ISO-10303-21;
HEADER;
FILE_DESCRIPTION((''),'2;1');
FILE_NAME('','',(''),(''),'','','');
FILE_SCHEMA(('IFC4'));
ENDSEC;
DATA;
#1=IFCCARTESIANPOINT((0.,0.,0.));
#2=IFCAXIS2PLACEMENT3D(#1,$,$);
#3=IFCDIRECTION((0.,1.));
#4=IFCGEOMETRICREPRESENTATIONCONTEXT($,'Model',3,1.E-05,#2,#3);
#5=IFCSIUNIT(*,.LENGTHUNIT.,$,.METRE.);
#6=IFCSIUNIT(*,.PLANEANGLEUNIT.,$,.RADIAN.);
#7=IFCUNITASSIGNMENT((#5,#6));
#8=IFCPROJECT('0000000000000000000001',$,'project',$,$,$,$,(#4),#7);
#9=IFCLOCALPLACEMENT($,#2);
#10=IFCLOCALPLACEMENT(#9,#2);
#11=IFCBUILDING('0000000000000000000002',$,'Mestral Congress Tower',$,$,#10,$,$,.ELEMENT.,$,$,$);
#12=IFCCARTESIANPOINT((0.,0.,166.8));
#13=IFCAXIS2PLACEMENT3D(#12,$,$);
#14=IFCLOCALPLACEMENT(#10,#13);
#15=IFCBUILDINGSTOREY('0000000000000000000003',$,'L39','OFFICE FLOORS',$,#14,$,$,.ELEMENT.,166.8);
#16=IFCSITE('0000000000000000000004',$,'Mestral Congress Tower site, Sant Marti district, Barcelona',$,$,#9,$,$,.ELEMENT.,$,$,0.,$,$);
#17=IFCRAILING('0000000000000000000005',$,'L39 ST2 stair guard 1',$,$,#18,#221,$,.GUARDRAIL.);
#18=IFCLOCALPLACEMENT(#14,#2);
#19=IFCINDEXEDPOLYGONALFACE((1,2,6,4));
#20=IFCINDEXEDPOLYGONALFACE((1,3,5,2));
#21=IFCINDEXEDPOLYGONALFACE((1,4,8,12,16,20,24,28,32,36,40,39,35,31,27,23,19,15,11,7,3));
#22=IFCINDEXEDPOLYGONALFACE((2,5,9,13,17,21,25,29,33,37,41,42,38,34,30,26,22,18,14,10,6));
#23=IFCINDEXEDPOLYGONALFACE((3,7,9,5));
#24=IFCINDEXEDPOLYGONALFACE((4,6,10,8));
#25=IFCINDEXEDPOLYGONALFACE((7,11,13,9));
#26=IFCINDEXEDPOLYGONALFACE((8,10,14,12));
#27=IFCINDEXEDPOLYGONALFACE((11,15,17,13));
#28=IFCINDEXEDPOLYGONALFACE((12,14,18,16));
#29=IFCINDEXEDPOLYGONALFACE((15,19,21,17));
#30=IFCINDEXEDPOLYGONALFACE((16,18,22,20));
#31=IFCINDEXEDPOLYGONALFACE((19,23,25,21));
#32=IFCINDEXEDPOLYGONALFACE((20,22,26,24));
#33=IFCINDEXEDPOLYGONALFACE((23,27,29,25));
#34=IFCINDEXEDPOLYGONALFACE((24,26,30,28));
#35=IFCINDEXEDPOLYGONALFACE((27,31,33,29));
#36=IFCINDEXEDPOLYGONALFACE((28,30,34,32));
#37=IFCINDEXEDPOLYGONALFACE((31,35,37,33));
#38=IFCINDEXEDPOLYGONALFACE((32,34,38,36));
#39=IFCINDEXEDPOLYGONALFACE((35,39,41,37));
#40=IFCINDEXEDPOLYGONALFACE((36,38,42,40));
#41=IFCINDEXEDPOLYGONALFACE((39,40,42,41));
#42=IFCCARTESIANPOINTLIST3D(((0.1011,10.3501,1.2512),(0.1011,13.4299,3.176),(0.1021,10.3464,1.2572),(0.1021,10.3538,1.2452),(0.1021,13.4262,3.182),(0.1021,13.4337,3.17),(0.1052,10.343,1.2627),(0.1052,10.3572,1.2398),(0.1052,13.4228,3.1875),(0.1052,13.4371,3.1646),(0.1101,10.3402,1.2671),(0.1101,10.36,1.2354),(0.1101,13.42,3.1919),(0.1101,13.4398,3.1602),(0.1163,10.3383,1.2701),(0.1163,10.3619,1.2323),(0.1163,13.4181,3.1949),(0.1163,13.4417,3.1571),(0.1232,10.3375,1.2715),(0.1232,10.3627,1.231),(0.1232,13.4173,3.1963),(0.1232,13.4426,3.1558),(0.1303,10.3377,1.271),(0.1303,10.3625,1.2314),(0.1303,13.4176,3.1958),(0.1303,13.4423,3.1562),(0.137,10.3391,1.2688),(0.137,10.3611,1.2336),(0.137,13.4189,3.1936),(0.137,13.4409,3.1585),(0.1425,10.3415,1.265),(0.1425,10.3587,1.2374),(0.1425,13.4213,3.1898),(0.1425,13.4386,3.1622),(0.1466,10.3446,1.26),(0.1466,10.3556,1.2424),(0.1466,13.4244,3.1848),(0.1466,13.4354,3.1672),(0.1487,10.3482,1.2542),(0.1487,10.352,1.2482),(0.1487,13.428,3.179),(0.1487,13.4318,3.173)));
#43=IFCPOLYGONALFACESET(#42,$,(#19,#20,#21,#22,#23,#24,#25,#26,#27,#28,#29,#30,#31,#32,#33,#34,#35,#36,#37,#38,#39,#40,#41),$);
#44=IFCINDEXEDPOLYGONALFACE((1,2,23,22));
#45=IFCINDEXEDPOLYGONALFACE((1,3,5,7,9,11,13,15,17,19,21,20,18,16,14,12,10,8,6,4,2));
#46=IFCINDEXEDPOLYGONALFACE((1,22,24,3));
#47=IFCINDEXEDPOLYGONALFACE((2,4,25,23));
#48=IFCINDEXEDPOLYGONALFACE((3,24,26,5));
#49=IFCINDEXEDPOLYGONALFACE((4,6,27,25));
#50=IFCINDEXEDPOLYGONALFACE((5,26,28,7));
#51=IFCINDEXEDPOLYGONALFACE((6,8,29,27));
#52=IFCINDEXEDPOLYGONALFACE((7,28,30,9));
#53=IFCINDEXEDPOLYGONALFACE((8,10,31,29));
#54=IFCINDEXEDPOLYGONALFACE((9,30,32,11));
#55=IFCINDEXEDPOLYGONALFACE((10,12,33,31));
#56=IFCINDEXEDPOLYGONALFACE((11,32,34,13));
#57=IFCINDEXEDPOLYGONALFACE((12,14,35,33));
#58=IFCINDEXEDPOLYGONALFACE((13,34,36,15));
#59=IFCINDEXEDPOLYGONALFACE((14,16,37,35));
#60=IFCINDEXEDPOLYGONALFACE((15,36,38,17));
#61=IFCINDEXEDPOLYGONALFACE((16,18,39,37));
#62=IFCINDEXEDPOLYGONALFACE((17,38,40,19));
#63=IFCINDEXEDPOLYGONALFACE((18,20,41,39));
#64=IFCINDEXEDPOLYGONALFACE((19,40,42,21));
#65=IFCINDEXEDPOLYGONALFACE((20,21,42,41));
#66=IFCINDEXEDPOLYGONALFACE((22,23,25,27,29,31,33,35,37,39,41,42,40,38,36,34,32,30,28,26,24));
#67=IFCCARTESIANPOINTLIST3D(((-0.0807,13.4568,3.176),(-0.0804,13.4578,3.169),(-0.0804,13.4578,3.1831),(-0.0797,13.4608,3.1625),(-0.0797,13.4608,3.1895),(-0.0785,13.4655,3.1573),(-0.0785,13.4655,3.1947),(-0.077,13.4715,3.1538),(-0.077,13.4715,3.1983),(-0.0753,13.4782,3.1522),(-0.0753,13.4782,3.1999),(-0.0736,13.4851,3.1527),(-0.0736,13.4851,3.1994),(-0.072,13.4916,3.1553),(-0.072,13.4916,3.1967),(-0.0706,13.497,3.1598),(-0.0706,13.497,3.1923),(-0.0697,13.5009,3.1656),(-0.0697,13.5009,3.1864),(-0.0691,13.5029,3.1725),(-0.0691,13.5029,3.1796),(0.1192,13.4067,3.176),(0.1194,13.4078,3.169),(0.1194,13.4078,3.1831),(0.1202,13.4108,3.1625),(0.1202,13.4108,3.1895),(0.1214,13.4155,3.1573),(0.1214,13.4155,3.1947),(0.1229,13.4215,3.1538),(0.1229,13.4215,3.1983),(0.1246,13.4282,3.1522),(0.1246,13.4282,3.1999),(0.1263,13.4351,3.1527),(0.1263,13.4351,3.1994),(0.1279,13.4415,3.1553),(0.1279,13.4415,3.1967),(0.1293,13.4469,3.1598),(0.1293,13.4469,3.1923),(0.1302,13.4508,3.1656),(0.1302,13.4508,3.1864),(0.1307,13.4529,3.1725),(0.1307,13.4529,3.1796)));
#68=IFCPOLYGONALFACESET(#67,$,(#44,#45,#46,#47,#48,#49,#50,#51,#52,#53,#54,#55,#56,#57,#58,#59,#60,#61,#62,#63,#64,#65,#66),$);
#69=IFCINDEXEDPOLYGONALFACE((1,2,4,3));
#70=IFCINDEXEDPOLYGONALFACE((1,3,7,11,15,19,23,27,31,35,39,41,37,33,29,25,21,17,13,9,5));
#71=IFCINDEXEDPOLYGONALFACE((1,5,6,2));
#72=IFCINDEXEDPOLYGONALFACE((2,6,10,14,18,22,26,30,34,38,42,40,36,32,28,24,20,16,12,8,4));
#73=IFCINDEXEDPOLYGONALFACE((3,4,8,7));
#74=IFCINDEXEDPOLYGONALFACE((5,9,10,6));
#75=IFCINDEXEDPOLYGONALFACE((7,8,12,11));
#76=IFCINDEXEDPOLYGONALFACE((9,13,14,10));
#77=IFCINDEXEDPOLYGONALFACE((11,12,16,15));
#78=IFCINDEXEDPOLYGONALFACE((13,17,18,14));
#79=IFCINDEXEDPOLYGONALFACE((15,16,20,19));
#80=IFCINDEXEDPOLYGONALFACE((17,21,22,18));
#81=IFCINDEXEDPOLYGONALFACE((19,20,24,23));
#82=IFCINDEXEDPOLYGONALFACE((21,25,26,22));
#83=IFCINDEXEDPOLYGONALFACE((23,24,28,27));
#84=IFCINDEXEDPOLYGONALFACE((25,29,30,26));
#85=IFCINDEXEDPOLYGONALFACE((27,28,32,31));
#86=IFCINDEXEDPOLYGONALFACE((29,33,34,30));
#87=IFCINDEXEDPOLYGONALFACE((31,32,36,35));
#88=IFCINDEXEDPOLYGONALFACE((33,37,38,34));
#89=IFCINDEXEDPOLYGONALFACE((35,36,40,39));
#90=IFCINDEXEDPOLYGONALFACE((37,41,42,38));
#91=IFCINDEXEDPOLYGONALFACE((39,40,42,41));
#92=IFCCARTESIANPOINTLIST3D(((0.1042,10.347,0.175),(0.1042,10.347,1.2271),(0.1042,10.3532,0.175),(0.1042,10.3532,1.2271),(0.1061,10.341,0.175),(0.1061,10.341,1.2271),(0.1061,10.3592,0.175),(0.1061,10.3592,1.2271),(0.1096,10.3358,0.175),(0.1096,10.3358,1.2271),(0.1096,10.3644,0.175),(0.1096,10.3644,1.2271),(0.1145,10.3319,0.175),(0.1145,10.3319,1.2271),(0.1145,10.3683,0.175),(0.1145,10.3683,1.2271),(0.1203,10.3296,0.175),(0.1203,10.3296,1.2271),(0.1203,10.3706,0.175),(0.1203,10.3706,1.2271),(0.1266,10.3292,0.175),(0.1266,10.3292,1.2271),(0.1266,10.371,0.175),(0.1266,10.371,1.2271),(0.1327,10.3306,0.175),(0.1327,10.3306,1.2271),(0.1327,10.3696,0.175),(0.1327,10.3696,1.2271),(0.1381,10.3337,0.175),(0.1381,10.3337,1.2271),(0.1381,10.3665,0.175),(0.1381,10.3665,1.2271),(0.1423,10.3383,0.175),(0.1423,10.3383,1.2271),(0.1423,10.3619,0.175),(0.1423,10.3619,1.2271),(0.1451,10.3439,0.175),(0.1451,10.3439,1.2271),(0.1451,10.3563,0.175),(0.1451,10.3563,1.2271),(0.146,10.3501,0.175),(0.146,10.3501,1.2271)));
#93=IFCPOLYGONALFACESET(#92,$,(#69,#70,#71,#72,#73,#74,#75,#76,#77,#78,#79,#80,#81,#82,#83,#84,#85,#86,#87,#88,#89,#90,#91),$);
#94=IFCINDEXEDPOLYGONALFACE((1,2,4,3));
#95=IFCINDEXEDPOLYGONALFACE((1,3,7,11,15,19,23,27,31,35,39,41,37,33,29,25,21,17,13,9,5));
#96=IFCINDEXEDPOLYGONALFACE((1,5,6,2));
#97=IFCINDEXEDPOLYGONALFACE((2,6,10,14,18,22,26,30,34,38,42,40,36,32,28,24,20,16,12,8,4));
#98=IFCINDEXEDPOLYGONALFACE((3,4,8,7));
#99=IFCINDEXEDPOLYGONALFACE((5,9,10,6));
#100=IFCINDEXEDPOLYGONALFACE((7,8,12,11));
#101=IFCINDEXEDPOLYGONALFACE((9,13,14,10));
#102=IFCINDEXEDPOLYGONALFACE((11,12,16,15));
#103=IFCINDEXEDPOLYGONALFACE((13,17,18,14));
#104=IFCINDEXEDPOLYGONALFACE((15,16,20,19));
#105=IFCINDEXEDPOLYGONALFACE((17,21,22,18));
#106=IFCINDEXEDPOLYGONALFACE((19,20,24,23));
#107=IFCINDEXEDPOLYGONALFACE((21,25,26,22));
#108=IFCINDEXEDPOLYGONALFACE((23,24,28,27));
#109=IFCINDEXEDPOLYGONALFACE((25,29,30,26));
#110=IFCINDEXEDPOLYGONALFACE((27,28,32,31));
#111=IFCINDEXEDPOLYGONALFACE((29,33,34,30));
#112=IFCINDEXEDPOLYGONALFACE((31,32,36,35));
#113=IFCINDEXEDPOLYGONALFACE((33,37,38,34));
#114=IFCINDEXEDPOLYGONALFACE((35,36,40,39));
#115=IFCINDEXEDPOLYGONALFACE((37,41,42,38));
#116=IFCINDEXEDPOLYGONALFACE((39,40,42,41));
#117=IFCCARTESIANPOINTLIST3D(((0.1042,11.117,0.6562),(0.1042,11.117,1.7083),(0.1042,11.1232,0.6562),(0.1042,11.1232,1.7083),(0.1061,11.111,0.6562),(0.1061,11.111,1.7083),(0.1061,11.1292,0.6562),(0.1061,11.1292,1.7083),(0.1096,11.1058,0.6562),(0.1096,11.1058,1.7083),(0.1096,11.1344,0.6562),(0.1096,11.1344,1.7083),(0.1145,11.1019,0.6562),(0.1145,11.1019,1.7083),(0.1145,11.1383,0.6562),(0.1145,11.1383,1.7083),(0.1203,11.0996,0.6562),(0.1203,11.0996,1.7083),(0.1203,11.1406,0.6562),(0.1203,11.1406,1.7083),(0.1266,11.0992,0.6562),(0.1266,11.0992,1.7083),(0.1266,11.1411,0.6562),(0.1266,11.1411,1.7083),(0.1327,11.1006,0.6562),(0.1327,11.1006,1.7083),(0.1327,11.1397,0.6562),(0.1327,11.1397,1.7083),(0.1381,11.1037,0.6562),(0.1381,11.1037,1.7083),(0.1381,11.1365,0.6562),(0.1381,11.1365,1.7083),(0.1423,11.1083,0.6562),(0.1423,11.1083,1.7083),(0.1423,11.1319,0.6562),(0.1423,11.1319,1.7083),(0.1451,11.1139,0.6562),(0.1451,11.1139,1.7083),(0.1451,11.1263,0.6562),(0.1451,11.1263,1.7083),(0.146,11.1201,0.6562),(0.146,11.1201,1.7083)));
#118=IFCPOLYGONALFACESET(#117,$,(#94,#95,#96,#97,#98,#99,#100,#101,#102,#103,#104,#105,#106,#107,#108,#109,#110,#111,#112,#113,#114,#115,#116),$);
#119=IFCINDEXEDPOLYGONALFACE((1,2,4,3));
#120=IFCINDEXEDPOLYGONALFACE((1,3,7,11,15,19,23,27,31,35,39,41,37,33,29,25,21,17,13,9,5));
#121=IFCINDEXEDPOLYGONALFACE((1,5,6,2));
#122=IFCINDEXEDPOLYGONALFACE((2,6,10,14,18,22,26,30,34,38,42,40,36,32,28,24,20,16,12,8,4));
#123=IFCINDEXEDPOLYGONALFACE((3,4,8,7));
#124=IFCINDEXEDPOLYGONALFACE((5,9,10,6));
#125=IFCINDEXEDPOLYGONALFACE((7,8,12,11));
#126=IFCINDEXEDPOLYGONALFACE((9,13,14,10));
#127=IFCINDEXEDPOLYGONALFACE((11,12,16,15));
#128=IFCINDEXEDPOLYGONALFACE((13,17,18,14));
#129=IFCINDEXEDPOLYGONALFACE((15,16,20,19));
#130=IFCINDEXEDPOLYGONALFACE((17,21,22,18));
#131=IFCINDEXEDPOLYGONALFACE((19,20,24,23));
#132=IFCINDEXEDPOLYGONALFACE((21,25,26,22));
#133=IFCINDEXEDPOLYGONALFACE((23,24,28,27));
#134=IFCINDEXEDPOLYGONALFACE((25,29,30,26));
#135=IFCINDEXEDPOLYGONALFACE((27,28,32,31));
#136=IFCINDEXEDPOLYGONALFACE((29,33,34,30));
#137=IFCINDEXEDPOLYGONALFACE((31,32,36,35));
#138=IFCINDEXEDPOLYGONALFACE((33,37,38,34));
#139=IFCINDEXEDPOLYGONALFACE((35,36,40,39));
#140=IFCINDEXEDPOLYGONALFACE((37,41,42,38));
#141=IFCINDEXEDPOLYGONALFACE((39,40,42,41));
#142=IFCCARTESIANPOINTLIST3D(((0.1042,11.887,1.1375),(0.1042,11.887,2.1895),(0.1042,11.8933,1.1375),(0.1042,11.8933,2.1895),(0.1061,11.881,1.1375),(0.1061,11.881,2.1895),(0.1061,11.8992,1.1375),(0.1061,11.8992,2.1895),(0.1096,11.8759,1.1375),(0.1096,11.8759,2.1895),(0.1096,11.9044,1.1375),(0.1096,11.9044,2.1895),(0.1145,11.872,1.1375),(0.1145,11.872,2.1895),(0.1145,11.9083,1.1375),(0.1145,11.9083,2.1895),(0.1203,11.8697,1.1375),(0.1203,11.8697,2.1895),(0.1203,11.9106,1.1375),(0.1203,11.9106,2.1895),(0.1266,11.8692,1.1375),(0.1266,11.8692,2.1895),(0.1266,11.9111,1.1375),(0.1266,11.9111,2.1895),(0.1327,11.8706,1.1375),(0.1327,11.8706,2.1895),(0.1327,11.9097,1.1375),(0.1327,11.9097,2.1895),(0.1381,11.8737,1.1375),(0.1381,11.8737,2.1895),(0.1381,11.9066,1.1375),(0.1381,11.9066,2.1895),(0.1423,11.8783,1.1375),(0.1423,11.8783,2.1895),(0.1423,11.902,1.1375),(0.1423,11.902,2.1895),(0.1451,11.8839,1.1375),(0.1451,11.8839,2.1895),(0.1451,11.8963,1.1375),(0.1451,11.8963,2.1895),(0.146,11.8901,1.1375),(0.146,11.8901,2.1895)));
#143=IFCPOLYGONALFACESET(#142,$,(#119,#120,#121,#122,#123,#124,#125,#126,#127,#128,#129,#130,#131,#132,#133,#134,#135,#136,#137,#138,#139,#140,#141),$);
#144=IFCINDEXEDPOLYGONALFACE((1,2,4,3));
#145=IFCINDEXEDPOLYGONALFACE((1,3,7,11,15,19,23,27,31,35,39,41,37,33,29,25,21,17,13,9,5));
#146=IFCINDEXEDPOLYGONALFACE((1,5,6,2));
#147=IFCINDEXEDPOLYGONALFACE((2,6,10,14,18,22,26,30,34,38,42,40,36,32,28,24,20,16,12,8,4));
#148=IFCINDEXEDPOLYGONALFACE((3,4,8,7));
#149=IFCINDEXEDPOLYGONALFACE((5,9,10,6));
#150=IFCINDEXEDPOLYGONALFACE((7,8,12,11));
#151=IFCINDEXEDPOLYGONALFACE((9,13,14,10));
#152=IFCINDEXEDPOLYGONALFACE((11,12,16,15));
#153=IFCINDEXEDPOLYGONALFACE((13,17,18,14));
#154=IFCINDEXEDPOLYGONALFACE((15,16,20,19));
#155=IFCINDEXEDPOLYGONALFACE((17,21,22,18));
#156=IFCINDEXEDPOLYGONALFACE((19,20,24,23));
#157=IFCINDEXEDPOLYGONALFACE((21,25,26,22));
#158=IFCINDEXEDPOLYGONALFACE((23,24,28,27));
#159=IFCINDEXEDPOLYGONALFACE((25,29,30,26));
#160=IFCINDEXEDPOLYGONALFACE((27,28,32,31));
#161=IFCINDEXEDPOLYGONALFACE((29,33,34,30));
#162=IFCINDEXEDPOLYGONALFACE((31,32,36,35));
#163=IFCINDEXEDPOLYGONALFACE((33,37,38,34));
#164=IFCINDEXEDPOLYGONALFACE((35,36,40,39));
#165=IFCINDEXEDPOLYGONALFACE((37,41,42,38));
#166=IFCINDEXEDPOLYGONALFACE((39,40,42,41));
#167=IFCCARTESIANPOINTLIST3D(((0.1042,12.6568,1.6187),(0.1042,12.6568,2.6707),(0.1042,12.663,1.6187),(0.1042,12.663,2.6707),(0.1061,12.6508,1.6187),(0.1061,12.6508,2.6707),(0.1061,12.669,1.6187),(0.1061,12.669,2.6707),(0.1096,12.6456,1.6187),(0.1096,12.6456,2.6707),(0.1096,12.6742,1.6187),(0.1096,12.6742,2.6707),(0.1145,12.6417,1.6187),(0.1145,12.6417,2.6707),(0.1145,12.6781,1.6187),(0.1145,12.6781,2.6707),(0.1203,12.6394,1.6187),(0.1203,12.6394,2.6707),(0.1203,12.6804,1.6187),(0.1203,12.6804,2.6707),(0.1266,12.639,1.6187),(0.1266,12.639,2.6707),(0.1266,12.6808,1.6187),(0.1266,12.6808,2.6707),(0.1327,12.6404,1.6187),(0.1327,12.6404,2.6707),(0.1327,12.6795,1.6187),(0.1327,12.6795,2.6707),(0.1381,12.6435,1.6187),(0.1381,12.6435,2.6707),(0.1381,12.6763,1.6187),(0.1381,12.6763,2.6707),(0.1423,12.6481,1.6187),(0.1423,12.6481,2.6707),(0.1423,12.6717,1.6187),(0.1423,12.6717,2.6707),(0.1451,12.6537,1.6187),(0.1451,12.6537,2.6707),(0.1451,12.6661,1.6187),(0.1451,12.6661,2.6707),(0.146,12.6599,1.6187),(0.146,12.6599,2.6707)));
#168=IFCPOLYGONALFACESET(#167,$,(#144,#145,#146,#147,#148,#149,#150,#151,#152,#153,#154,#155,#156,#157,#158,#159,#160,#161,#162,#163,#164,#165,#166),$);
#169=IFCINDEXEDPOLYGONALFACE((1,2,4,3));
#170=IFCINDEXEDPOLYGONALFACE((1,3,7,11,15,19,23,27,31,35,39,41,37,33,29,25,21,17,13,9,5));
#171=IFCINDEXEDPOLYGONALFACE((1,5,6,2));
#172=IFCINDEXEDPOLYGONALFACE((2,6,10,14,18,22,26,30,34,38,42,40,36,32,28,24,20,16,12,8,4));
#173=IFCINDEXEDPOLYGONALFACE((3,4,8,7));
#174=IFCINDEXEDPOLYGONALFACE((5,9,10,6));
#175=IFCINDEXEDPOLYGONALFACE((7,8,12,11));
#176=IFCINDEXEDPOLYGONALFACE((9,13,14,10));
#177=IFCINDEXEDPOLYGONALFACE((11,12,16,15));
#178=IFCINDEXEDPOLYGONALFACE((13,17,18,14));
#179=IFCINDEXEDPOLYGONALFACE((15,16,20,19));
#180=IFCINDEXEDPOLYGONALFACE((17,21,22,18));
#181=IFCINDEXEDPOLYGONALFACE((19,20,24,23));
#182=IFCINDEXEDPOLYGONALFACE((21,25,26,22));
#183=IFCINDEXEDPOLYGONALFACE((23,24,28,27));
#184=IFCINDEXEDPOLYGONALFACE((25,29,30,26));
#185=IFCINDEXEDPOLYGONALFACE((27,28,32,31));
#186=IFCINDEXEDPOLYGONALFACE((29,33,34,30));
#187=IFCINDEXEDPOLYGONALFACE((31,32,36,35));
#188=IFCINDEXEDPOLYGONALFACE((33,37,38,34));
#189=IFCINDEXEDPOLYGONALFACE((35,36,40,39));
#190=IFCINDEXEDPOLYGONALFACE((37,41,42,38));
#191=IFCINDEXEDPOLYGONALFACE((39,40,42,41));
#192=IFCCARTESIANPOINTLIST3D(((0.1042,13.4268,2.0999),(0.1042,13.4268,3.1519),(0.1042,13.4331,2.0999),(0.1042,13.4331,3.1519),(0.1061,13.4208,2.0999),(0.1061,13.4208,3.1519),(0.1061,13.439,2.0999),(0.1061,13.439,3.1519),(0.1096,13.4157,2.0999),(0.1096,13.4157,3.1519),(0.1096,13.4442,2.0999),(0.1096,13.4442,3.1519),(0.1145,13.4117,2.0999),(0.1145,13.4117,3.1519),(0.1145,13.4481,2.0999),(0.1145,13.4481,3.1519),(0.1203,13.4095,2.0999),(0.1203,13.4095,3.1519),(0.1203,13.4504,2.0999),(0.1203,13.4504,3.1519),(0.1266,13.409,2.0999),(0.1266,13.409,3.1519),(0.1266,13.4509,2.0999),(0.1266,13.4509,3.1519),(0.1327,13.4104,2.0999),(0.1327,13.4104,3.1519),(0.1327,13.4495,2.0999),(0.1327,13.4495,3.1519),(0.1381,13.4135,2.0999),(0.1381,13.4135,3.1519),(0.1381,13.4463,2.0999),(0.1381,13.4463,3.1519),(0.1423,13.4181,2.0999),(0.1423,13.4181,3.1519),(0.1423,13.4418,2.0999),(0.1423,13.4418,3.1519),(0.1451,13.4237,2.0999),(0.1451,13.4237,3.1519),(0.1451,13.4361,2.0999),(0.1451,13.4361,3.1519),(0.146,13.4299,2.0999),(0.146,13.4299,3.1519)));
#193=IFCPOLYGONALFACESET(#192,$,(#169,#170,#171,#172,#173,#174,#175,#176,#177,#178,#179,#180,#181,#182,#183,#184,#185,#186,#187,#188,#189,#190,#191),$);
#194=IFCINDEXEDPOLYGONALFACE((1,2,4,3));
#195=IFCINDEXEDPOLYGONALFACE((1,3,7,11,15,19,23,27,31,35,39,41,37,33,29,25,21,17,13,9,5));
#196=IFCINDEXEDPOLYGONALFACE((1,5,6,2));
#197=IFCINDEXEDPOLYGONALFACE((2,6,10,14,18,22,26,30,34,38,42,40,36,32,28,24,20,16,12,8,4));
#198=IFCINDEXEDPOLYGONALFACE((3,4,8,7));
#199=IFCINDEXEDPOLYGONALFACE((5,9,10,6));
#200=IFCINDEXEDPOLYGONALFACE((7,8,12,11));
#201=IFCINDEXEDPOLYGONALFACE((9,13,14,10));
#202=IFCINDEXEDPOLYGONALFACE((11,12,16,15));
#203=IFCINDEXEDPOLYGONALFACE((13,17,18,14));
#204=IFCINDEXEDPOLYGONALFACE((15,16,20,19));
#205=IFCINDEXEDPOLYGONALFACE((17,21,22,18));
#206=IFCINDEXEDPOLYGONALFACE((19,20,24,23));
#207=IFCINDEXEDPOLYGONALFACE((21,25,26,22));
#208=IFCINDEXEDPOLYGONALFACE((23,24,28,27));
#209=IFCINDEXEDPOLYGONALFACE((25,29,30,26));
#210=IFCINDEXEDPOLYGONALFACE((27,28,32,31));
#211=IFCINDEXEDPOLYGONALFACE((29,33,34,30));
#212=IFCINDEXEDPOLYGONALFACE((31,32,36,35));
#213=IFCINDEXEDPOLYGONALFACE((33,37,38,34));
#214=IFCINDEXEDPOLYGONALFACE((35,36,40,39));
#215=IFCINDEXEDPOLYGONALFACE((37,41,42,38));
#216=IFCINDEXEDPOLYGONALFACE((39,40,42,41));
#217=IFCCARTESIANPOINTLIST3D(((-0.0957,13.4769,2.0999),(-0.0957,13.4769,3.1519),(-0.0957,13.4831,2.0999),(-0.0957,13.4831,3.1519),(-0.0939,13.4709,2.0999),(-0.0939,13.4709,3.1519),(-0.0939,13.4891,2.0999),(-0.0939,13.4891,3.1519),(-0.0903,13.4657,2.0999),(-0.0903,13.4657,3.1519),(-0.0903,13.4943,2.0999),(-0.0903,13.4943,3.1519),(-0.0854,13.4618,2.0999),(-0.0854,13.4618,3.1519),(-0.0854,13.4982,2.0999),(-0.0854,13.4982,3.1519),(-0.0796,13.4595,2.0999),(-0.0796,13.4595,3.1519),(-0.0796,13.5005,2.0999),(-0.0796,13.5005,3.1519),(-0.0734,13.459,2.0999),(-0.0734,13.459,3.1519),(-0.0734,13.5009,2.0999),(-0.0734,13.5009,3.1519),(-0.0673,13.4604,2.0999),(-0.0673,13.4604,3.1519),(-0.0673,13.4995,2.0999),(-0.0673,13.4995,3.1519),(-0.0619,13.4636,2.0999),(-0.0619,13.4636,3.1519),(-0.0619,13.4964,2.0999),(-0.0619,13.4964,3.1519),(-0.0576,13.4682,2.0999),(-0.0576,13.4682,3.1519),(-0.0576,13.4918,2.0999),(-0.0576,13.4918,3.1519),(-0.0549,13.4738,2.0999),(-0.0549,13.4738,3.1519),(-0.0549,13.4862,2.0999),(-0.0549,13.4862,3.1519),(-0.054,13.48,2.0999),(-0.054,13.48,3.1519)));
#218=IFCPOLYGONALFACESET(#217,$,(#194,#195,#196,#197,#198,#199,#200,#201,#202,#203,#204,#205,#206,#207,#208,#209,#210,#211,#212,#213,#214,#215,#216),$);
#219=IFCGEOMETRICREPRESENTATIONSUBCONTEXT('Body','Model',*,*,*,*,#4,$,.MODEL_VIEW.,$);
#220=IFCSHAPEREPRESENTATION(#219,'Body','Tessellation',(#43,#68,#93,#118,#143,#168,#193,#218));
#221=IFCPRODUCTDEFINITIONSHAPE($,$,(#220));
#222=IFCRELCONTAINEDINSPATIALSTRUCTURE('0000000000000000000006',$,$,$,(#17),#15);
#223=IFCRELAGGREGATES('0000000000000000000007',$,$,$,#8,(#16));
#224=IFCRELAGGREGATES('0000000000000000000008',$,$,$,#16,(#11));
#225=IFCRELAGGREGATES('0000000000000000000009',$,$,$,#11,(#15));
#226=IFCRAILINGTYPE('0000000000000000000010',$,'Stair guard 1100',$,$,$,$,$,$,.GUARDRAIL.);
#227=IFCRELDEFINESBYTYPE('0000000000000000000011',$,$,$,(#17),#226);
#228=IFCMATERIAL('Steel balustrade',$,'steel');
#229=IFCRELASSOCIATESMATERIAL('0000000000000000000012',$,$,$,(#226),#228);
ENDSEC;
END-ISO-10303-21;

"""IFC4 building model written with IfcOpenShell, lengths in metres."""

from ifc_helpers import new_model, si_unit, direction, frame, origin, origin_2d, place, context, subcontext, project, spatial, circle, extrude, material, type_object, element, save


model = new_model("IFC4")

# Units and contexts
model_context = context("Model", 3, precision=1e-05, world=origin(), true_north=direction((0.0, 1.0)))
body_context = subcontext(model_context, "Body", "Model", "MODEL_VIEW")
ifc_project = project(units=[si_unit("LENGTHUNIT", "METRE"), si_unit("PLANEANGLEUNIT", "RADIAN")], contexts=[model_context])

# Site, building, storey
site_placement = place(None, origin())
site = spatial("IfcSite", under=ifc_project, at=site_placement, Name="Mestral Congress Tower site, Sant Marti district, Barcelona", CompositionType="ELEMENT", RefElevation=0.0)
building_placement = place(site_placement, origin())
building = spatial("IfcBuilding", under=site, at=building_placement, Name="Mestral Congress Tower", CompositionType="ELEMENT")
storey_placement = place(building_placement, frame((0.0, 0.0, 166.8)))
storey = spatial("IfcBuildingStorey", under=building, at=storey_placement, Name="L39", Description="OFFICE FLOORS", CompositionType="ELEMENT", Elevation=166.8)

# Railing
ifc_material_1 = material(Name="Steel balustrade", Category="steel")
railing_type_1 = type_object("IfcRailingType", Name="Stair guard 1100", PredefinedType="GUARDRAIL", material=ifc_material_1)
railing_1_placement = place(storey_placement, frame((0.125, 10.3501, 0.175)))
element("IfcRailing", 1, at=railing_1_placement, inside=storey, type_object=railing_type_1, Name="L39 ST2 stair guard 1", PredefinedType="GUARDRAIL", context=body_context, shape_type="SweptSolid", body=[
    extrude(circle(Radius=0.0239, at=origin_2d()), frame((0.0, 0.0, 1.0762), z_axis=(0.0, 0.84801, 0.529981), x_axis=(-1.0, 0.0, 0.0)), (0.0, 0.0, 1.0), 3.6318),
    extrude(circle(Radius=0.0239, at=origin_2d()), frame((0.0, 3.0798, 3.001), z_axis=(-0.970073, 0.242814, 0.0), x_axis=(-0.242814, -0.970073, 0.0)), (0.0, 0.0, 1.0), 0.2061),
    extrude(circle(Radius=0.021, at=origin_2d()), origin(), (0.0, 0.0, 1.0), 1.052),
    extrude(circle(Radius=0.021, at=origin_2d()), frame((0.0, 0.77, 0.4812)), (0.0, 0.0, 1.0), 1.052),
    extrude(circle(Radius=0.021, at=origin_2d()), frame((0.0, 1.54, 0.9624)), (0.0, 0.0, 1.0), 1.052),
    extrude(circle(Radius=0.021, at=origin_2d()), frame((0.0, 2.3098, 1.4436)), (0.0, 0.0, 1.0), 1.052),
    extrude(circle(Radius=0.021, at=origin_2d()), frame((0.0, 3.0798, 1.9248)), (0.0, 0.0, 1.0), 1.052),
    extrude(circle(Radius=0.021, at=origin_2d()), frame((-0.2, 3.1299, 1.9248)), (0.0, 0.0, 1.0), 1.052),
])

save(model, "model.ifc")
